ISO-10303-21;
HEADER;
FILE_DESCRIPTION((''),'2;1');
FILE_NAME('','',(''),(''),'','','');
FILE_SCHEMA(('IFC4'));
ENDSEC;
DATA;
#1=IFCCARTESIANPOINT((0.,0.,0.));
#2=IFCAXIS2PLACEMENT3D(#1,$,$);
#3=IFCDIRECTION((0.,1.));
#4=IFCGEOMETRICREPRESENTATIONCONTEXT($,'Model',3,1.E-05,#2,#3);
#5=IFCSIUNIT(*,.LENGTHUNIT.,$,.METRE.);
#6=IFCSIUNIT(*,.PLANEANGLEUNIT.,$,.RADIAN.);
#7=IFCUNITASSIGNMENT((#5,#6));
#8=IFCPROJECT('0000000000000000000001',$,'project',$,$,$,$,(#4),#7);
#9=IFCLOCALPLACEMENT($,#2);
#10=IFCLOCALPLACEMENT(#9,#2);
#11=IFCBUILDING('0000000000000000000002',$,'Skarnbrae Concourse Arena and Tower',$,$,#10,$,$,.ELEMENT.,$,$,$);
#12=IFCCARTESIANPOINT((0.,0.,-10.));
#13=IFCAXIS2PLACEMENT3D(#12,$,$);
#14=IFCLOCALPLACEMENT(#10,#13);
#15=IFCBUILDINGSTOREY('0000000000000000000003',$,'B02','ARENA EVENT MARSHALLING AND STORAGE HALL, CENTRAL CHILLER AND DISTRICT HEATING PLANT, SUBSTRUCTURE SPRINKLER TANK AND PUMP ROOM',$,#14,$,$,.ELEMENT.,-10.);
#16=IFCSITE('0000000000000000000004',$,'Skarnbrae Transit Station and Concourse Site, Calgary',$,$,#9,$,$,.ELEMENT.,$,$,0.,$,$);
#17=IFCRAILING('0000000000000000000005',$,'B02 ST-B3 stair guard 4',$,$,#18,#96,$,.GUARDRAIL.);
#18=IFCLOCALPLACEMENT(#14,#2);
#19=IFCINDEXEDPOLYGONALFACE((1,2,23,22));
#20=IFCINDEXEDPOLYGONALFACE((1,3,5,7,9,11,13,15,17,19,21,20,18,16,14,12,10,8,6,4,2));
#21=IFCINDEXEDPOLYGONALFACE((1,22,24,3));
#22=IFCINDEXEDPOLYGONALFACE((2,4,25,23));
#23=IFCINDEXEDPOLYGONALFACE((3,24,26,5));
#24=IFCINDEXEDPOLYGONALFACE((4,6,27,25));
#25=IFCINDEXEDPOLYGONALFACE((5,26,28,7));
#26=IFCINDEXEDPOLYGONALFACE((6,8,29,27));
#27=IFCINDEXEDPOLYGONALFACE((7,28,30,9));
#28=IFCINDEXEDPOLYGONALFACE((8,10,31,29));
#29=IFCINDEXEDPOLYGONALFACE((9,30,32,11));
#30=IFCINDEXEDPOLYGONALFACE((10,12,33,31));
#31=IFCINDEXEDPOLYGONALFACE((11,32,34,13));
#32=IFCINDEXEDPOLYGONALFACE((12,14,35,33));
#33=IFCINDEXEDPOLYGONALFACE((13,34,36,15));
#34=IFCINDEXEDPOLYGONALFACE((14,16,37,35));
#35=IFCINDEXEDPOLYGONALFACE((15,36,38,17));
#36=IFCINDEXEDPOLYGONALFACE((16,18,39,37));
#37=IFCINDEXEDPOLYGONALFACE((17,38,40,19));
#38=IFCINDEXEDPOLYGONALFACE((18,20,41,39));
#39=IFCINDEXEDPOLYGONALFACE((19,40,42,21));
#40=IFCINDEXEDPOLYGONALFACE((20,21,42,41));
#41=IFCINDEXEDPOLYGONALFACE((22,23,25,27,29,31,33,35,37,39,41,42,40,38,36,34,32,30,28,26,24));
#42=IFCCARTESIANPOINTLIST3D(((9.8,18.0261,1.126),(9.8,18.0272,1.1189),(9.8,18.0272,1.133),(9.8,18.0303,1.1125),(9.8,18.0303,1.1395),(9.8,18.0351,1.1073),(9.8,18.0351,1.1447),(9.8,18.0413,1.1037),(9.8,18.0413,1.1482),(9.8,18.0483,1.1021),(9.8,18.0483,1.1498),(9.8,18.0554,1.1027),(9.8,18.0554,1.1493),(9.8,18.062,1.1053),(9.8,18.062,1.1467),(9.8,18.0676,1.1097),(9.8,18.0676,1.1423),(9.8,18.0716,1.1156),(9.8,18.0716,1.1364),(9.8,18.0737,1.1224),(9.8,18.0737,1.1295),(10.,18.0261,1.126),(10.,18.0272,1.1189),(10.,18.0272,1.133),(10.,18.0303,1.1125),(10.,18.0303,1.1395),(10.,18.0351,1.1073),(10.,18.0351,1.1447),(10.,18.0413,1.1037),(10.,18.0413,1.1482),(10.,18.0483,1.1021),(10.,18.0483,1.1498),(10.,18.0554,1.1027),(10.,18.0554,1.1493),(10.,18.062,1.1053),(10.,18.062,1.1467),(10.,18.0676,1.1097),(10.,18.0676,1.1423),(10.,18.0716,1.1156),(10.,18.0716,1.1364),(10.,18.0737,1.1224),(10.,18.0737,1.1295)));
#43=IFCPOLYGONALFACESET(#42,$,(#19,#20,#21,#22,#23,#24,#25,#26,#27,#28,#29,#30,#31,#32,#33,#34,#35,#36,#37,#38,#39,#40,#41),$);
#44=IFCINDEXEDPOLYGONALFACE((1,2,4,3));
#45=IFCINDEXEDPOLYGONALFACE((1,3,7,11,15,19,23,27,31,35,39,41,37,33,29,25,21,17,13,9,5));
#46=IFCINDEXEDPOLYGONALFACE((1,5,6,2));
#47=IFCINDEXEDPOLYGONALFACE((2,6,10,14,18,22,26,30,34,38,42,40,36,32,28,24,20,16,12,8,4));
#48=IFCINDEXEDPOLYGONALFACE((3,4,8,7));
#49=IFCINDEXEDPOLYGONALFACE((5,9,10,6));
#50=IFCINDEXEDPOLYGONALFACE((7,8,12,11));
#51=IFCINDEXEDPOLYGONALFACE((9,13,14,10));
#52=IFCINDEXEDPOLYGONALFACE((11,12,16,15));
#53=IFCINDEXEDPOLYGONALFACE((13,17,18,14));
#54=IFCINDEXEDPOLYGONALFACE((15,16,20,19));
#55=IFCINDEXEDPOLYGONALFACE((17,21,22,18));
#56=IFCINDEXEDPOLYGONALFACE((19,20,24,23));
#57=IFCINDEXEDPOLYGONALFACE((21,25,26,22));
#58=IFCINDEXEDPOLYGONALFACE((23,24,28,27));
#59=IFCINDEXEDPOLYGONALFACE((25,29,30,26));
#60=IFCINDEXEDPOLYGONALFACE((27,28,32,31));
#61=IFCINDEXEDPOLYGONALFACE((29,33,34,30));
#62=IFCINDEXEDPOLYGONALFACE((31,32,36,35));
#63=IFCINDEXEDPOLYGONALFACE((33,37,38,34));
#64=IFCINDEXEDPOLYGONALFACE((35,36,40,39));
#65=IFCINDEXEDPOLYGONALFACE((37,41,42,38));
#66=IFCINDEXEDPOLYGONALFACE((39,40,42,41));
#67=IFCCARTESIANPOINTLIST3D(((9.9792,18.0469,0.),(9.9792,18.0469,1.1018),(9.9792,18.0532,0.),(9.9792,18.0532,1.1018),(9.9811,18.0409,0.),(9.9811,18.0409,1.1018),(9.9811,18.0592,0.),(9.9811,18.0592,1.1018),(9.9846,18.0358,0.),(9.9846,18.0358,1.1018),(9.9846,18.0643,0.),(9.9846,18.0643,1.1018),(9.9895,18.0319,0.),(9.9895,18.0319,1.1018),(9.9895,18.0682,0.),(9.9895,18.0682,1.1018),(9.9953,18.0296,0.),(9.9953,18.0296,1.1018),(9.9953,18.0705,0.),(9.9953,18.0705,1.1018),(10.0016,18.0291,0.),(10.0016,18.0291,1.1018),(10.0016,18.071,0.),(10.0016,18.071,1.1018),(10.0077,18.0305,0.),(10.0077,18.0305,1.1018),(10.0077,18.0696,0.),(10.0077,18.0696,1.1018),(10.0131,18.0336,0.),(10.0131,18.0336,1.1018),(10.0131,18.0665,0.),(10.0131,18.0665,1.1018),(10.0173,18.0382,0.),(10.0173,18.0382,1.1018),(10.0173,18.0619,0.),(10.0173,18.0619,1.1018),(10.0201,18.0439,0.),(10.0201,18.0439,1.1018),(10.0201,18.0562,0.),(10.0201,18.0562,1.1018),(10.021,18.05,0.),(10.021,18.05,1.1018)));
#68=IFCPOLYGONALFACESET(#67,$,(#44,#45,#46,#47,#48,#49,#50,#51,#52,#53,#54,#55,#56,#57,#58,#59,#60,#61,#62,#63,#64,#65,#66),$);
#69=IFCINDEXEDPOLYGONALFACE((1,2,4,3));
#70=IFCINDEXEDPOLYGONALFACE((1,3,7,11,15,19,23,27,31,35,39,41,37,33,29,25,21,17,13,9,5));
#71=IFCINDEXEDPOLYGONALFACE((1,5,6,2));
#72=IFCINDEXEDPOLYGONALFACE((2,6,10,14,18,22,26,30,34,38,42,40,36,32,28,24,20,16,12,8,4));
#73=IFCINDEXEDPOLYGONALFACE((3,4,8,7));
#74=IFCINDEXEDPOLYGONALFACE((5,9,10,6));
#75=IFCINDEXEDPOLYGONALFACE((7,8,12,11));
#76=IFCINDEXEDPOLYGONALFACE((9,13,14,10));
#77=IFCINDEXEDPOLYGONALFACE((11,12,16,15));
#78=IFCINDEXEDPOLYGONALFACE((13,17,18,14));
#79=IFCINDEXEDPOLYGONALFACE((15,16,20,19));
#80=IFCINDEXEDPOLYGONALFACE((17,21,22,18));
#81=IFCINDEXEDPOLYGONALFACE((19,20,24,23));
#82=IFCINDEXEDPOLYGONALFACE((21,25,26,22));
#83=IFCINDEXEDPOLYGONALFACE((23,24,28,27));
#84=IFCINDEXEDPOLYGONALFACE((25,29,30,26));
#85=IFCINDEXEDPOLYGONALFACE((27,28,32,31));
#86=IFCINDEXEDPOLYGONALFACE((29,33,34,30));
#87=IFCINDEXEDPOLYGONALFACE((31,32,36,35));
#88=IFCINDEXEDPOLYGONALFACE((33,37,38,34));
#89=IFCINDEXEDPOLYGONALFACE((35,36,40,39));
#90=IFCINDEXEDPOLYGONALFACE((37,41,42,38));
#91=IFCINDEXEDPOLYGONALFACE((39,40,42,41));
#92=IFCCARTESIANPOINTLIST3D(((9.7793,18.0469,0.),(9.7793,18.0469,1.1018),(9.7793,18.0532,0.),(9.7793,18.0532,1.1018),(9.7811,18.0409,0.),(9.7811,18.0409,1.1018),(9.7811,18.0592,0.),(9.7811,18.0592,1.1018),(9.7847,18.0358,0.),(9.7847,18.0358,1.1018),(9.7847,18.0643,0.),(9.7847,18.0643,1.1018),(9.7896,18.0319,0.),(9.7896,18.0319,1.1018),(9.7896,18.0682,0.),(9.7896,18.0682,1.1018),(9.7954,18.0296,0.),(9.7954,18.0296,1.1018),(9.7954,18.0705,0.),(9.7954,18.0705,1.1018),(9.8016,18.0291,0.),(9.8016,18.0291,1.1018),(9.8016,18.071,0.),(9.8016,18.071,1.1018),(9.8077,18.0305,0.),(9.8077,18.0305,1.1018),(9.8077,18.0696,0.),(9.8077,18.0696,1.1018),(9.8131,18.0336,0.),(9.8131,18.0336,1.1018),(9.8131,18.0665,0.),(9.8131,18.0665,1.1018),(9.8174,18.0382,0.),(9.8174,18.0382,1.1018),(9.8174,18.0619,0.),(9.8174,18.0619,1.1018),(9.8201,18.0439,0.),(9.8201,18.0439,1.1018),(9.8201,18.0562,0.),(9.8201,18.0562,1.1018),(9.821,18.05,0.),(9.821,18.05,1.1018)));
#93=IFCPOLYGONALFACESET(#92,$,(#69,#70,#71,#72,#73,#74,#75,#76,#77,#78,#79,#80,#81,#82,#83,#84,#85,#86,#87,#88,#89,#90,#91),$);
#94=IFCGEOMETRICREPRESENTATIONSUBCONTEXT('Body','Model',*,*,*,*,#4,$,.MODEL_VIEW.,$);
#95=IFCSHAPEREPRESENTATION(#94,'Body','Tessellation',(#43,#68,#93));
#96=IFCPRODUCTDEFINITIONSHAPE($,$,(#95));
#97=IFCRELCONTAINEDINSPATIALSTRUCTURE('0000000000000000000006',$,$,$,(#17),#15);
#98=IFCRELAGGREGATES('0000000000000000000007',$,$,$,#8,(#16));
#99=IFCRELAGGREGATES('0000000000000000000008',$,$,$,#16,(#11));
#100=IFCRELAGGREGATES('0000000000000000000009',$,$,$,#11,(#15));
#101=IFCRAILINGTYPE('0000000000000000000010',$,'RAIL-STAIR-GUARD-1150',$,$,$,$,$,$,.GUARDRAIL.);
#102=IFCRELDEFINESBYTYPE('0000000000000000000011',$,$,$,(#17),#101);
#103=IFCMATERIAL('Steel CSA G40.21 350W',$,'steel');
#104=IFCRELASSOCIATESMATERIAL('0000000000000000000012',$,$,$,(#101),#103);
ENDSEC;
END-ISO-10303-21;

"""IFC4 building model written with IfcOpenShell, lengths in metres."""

from ifc_helpers import new_model, si_unit, direction, frame, origin, origin_2d, place, context, subcontext, project, spatial, circle, extrude, material, type_object, element, save


model = new_model("IFC4")

# Units and contexts
model_context = context("Model", 3, precision=1e-05, world=origin(), true_north=direction((0.0, 1.0)))
body_context = subcontext(model_context, "Body", "Model", "MODEL_VIEW")
ifc_project = project(units=[si_unit("LENGTHUNIT", "METRE"), si_unit("PLANEANGLEUNIT", "RADIAN")], contexts=[model_context])

# Site, building, storey
site_placement = place(None, origin())
site = spatial("IfcSite", under=ifc_project, at=site_placement, Name="Skarnbrae Transit Station and Concourse Site, Calgary", CompositionType="ELEMENT", RefElevation=0.0)
building_placement = place(site_placement, origin())
building = spatial("IfcBuilding", under=site, at=building_placement, Name="Skarnbrae Concourse Arena and Tower", CompositionType="ELEMENT")
storey_placement = place(building_placement, frame((0.0, 0.0, -10.0)))
storey = spatial("IfcBuildingStorey", under=building, at=storey_placement, Name="B02", Description="ARENA EVENT MARSHALLING AND STORAGE HALL, CENTRAL CHILLER AND DISTRICT HEATING PLANT, SUBSTRUCTURE SPRINKLER TANK AND PUMP ROOM", CompositionType="ELEMENT", Elevation=-10.0)

# Shared definitions
ifc_material_1 = material(Name="Steel CSA G40.21 350W", Category="steel")

# Railing
railing_type_1 = type_object("IfcRailingType", Name="RAIL-STAIR-GUARD-1150", PredefinedType="GUARDRAIL", material=ifc_material_1)
railing_1_placement = place(storey_placement, frame((10.0, 18.05, 0.0)))
element("IfcRailing", 1, at=railing_1_placement, inside=storey, type_object=railing_type_1, Name="B02 ST-B3 stair guard 4", PredefinedType="GUARDRAIL", context=body_context, shape_type="SweptSolid", body=[
    extrude(circle(Radius=0.0239, at=origin_2d()), frame((0.0, 0.0, 1.126), z_axis=(-1.0, 0.0, 0.0), x_axis=(0.0, -1.0, 0.0)), (0.0, 0.0, 1.0), 0.2),
    extrude(circle(Radius=0.021, at=origin_2d()), origin(), (0.0, 0.0, 1.0), 1.1018),
    extrude(circle(Radius=0.021, at=origin_2d()), frame((-0.2, 0.0, 0.0)), (0.0, 0.0, 1.0), 1.1018),
])

save(model, "model.ifc")
